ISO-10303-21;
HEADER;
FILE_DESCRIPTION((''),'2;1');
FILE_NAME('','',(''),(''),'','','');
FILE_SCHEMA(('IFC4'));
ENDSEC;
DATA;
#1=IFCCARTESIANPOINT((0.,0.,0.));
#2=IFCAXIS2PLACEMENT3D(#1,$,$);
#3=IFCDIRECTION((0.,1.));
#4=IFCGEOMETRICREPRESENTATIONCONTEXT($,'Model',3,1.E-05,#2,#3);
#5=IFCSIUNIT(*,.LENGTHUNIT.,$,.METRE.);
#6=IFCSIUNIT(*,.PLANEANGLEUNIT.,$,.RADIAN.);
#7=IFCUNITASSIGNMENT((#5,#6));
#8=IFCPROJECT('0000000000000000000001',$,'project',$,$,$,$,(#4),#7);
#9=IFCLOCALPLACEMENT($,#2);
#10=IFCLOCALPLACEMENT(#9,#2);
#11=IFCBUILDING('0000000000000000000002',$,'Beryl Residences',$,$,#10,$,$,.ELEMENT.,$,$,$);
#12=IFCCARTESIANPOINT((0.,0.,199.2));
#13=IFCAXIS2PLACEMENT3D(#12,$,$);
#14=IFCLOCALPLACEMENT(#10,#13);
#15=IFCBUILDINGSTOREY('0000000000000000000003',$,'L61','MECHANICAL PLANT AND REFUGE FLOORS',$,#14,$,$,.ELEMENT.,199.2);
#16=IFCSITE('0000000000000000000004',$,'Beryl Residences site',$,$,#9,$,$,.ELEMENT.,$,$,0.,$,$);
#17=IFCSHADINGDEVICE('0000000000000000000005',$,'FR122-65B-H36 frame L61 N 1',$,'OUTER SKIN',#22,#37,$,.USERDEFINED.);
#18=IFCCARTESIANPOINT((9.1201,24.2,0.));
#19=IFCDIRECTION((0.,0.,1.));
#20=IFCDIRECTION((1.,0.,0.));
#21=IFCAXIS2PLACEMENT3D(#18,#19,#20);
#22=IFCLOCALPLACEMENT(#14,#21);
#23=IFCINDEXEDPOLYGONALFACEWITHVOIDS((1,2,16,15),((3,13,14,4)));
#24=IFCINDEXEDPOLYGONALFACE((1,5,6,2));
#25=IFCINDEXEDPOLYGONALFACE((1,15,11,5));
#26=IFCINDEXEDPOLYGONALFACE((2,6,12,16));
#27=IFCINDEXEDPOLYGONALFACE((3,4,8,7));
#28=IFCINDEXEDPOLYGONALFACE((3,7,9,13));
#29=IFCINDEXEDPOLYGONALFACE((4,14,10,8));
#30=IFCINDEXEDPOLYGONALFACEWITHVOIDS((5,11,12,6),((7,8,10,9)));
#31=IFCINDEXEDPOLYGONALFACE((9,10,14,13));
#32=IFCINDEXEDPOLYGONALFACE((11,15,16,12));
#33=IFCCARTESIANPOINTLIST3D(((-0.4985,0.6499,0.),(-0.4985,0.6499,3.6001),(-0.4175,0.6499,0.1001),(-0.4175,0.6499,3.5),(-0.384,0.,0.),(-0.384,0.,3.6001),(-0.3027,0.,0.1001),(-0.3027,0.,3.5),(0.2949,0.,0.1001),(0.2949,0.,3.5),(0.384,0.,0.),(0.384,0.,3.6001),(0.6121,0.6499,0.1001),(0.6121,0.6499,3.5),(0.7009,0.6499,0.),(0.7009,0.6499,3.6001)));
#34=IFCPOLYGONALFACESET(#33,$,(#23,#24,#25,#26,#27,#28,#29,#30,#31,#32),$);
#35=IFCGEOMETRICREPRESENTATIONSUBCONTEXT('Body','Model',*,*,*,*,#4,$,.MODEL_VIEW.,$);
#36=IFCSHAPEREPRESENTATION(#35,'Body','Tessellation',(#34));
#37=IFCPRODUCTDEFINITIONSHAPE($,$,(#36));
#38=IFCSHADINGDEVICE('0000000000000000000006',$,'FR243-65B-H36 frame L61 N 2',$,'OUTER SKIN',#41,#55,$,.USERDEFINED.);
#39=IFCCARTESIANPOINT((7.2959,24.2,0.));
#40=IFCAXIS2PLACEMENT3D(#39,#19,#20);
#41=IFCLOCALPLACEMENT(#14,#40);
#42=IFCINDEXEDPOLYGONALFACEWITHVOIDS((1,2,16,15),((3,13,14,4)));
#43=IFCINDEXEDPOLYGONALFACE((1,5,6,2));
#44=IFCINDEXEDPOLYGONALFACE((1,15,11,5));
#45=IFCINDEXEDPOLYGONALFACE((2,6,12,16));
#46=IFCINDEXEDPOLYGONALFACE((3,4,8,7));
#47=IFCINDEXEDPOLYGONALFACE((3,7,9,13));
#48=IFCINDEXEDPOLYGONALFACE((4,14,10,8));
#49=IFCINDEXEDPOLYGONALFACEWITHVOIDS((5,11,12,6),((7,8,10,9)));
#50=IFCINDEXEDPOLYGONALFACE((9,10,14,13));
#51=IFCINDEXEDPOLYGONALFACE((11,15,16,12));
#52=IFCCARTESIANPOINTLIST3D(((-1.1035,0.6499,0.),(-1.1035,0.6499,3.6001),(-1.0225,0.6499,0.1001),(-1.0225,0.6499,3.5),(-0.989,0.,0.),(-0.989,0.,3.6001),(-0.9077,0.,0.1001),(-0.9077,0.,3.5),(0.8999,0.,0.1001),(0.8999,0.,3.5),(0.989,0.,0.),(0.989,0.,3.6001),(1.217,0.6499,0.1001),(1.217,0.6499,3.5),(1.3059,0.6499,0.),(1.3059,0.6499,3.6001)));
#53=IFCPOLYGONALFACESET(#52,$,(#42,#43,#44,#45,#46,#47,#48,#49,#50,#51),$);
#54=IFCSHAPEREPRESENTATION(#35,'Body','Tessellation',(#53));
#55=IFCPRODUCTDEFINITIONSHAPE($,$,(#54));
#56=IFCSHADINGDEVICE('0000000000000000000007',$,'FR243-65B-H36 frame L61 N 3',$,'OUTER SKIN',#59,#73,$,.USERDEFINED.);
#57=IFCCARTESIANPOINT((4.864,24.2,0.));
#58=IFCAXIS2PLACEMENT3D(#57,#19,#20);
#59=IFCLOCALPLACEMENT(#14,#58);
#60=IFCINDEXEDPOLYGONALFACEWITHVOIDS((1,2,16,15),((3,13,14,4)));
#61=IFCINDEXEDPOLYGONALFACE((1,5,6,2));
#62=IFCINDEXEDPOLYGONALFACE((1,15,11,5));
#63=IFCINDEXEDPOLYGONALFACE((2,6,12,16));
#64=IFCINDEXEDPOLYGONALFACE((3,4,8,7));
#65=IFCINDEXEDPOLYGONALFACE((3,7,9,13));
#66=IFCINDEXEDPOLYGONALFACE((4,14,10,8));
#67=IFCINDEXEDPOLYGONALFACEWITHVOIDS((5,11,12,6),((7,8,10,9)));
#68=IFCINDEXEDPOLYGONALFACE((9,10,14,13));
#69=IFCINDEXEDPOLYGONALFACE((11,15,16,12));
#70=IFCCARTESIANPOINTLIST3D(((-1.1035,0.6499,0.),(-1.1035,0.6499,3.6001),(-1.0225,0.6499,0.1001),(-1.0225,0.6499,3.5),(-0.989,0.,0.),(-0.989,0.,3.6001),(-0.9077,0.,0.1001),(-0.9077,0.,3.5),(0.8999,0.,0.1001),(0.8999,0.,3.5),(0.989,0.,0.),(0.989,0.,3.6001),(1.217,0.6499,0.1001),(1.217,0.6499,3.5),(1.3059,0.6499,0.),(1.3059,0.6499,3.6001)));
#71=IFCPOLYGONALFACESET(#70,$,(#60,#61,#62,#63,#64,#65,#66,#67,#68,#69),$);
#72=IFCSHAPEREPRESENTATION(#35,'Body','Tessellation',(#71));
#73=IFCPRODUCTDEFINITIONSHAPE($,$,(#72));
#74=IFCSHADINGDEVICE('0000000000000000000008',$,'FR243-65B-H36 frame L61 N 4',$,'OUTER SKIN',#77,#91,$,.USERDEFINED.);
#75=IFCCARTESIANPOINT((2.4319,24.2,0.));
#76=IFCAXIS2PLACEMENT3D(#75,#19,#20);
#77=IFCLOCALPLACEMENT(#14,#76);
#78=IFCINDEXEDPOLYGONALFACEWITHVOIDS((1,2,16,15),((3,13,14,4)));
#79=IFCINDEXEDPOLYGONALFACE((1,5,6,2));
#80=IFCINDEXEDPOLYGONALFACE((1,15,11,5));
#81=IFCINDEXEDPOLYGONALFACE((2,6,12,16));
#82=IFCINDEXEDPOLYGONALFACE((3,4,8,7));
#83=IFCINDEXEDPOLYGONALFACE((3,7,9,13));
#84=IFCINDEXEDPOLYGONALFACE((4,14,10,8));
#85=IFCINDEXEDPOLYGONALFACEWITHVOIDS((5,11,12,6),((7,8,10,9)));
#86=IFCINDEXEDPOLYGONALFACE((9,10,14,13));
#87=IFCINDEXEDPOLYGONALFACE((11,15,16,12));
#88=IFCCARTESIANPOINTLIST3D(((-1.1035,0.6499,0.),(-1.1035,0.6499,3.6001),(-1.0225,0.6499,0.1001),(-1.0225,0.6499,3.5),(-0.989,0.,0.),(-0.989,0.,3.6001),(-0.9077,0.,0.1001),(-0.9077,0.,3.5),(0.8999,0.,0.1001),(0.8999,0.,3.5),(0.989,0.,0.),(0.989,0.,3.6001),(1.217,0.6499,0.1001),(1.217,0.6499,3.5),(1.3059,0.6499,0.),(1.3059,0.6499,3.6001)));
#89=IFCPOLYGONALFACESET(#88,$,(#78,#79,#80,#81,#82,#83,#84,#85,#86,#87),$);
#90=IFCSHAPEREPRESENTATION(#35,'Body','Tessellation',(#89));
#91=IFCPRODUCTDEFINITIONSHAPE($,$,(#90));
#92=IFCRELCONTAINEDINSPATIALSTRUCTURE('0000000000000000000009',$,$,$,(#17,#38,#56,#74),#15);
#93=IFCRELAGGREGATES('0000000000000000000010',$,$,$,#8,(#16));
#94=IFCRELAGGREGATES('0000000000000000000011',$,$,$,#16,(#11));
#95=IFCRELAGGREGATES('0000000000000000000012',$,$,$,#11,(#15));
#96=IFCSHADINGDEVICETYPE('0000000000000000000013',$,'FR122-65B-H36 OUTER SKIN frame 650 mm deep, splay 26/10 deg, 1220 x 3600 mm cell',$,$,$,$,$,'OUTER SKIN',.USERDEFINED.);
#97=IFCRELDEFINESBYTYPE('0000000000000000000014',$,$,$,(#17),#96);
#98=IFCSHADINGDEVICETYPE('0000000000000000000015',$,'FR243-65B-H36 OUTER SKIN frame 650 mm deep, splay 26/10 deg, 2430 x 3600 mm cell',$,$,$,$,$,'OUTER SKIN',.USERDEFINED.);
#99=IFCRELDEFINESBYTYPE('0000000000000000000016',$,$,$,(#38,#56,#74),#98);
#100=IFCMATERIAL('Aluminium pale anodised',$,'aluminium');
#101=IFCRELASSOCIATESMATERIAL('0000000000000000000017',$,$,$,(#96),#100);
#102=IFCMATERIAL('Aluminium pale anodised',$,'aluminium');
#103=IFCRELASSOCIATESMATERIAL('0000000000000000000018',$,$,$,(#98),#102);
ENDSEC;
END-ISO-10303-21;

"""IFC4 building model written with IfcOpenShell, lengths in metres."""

from ifc_helpers import new_model, entity, si_unit, direction, frame, origin, place, context, subcontext, project, spatial, source, transform, mapped, material, type_object, type_shapes, element, save


model = new_model("IFC4")

# Units and contexts
model_context = context("Model", 3, precision=1e-05, world=origin(), true_north=direction((0.0, 1.0)))
body_context = subcontext(model_context, "Body", "Model", "MODEL_VIEW")
ifc_project = project(units=[si_unit("LENGTHUNIT", "METRE"), si_unit("PLANEANGLEUNIT", "RADIAN")], contexts=[model_context])

# Site, building, storey
site_placement = place(None, origin())
site = spatial("IfcSite", under=ifc_project, at=site_placement, Name="Beryl Residences site", CompositionType="ELEMENT", RefElevation=0.0)
building_placement = place(site_placement, origin())
building = spatial("IfcBuilding", under=site, at=building_placement, Name="Beryl Residences", CompositionType="ELEMENT")
storey_placement = place(building_placement, frame((0.0, 0.0, 199.2)))
storey = spatial("IfcBuildingStorey", under=building, at=storey_placement, Name="L61", Description="MECHANICAL PLANT AND REFUGE FLOORS", CompositionType="ELEMENT", Elevation=199.2)

# Shading devices
ifc_material_1 = material(Name="Aluminium pale anodised", Category="aluminium")
shading_device_type_1 = type_object("IfcShadingDeviceType", Name="FR122-65B-H36 OUTER SKIN frame 650 mm deep, splay 26/10 deg, 1220 x 3600 mm cell", ElementType="OUTER SKIN", PredefinedType="USERDEFINED", material=ifc_material_1)
cartesian_point_1 = entity("IfcCartesianPoint", [-0.384, 0.0])
cartesian_point_2 = entity("IfcCartesianPoint", [-0.2949, 0.1001])
cartesian_point_3 = entity("IfcCartesianPoint", [-0.7009, 0.0])
cartesian_point_4 = entity("IfcCartesianPoint", [-0.6121, 0.1001])
shared_shape_1 = source(origin(), body_context, "Body", "SweptSolid", [
    entity("IfcExtrudedAreaSolidTapered", entity("IfcArbitraryProfileDefWithVoids", "AREA", None, entity("IfcPolyline", [cartesian_point_1, entity("IfcCartesianPoint", [0.384, 0.0]), entity("IfcCartesianPoint", [0.384, 3.6001]), entity("IfcCartesianPoint", [-0.384, 3.6001]), cartesian_point_1]), [entity("IfcPolyline", [cartesian_point_2, entity("IfcCartesianPoint", [0.3027, 0.1001]), entity("IfcCartesianPoint", [0.3027, 3.5]), entity("IfcCartesianPoint", [-0.2949, 3.5]), cartesian_point_2])]), entity("IfcAxis2Placement3D", entity("IfcCartesianPoint", [0.0, 0.0, 0.0]), entity("IfcDirection", [0.0, 1.0, 0.0]), entity("IfcDirection", [-1.0, 0.0, 0.0])), entity("IfcDirection", [0.0, 0.0, 1.0]), 0.6499, entity("IfcArbitraryProfileDefWithVoids", "AREA", None, entity("IfcPolyline", [cartesian_point_3, entity("IfcCartesianPoint", [0.4985, 0.0]), entity("IfcCartesianPoint", [0.4985, 3.6001]), entity("IfcCartesianPoint", [-0.7009, 3.6001]), cartesian_point_3]), [entity("IfcPolyline", [cartesian_point_4, entity("IfcCartesianPoint", [0.4175, 0.1001]), entity("IfcCartesianPoint", [0.4175, 3.5]), entity("IfcCartesianPoint", [-0.6121, 3.5]), cartesian_point_4])])),
])
type_shapes(shading_device_type_1, [shared_shape_1])
shading_device_placement = place(storey_placement, frame((9.1201, 24.2, 0.0), z_axis=(0.0, 0.0, 1.0), x_axis=(1.0, 0.0, 0.0)))
element("IfcShadingDevice", 1, at=shading_device_placement, inside=storey, type_object=shading_device_type_1, Name="FR122-65B-H36 frame L61 N 1", ObjectType="OUTER SKIN", PredefinedType="USERDEFINED", context=body_context, shape_type="MappedRepresentation", body=[
    mapped(shared_shape_1, transform((0.0, 0.0, 0.0))),
])
ifc_material_2 = material(Name="Aluminium pale anodised", Category="aluminium")
shading_device_type_2 = type_object("IfcShadingDeviceType", Name="FR243-65B-H36 OUTER SKIN frame 650 mm deep, splay 26/10 deg, 2430 x 3600 mm cell", ElementType="OUTER SKIN", PredefinedType="USERDEFINED", material=ifc_material_2)
cartesian_point_5 = entity("IfcCartesianPoint", [-0.989, 0.0])
cartesian_point_6 = entity("IfcCartesianPoint", [-0.8999, 0.1001])
cartesian_point_7 = entity("IfcCartesianPoint", [-1.3059, 0.0])
cartesian_point_8 = entity("IfcCartesianPoint", [-1.217, 0.1001])
shared_shape_2 = source(origin(), body_context, "Body", "SweptSolid", [
    entity("IfcExtrudedAreaSolidTapered", entity("IfcArbitraryProfileDefWithVoids", "AREA", None, entity("IfcPolyline", [cartesian_point_5, entity("IfcCartesianPoint", [0.989, 0.0]), entity("IfcCartesianPoint", [0.989, 3.6001]), entity("IfcCartesianPoint", [-0.989, 3.6001]), cartesian_point_5]), [entity("IfcPolyline", [cartesian_point_6, entity("IfcCartesianPoint", [0.9077, 0.1001]), entity("IfcCartesianPoint", [0.9077, 3.5]), entity("IfcCartesianPoint", [-0.8999, 3.5]), cartesian_point_6])]), entity("IfcAxis2Placement3D", entity("IfcCartesianPoint", [0.0, 0.0, 0.0]), entity("IfcDirection", [0.0, 1.0, 0.0]), entity("IfcDirection", [-1.0, 0.0, 0.0])), entity("IfcDirection", [0.0, 0.0, 1.0]), 0.6499, entity("IfcArbitraryProfileDefWithVoids", "AREA", None, entity("IfcPolyline", [cartesian_point_7, entity("IfcCartesianPoint", [1.1035, 0.0]), entity("IfcCartesianPoint", [1.1035, 3.6001]), entity("IfcCartesianPoint", [-1.3059, 3.6001]), cartesian_point_7]), [entity("IfcPolyline", [cartesian_point_8, entity("IfcCartesianPoint", [1.0225, 0.1001]), entity("IfcCartesianPoint", [1.0225, 3.5]), entity("IfcCartesianPoint", [-1.217, 3.5]), cartesian_point_8])])),
])
type_shapes(shading_device_type_2, [shared_shape_2])
for number, where, z_axis, x_axis, name in (
    (2, (7.2959, 24.2, 0.0), (0.0, 0.0, 1.0), (1.0, 0.0, 0.0), "FR243-65B-H36 frame L61 N 2"),
    (3, (4.864, 24.2, 0.0), (0.0, 0.0, 1.0), (1.0, 0.0, 0.0), "FR243-65B-H36 frame L61 N 3"),
    (4, (2.4319, 24.2, 0.0), (0.0, 0.0, 1.0), (1.0, 0.0, 0.0), "FR243-65B-H36 frame L61 N 4"),
):
    element("IfcShadingDevice", number, at=place(storey_placement, frame(where, z_axis=z_axis, x_axis=x_axis)), inside=storey, type_object=shading_device_type_2, Name=name, ObjectType="OUTER SKIN", PredefinedType="USERDEFINED", context=body_context, shape_type="MappedRepresentation", body=[
        mapped(shared_shape_2, transform((0.0, 0.0, 0.0))),
    ])

save(model, "model.ifc")
